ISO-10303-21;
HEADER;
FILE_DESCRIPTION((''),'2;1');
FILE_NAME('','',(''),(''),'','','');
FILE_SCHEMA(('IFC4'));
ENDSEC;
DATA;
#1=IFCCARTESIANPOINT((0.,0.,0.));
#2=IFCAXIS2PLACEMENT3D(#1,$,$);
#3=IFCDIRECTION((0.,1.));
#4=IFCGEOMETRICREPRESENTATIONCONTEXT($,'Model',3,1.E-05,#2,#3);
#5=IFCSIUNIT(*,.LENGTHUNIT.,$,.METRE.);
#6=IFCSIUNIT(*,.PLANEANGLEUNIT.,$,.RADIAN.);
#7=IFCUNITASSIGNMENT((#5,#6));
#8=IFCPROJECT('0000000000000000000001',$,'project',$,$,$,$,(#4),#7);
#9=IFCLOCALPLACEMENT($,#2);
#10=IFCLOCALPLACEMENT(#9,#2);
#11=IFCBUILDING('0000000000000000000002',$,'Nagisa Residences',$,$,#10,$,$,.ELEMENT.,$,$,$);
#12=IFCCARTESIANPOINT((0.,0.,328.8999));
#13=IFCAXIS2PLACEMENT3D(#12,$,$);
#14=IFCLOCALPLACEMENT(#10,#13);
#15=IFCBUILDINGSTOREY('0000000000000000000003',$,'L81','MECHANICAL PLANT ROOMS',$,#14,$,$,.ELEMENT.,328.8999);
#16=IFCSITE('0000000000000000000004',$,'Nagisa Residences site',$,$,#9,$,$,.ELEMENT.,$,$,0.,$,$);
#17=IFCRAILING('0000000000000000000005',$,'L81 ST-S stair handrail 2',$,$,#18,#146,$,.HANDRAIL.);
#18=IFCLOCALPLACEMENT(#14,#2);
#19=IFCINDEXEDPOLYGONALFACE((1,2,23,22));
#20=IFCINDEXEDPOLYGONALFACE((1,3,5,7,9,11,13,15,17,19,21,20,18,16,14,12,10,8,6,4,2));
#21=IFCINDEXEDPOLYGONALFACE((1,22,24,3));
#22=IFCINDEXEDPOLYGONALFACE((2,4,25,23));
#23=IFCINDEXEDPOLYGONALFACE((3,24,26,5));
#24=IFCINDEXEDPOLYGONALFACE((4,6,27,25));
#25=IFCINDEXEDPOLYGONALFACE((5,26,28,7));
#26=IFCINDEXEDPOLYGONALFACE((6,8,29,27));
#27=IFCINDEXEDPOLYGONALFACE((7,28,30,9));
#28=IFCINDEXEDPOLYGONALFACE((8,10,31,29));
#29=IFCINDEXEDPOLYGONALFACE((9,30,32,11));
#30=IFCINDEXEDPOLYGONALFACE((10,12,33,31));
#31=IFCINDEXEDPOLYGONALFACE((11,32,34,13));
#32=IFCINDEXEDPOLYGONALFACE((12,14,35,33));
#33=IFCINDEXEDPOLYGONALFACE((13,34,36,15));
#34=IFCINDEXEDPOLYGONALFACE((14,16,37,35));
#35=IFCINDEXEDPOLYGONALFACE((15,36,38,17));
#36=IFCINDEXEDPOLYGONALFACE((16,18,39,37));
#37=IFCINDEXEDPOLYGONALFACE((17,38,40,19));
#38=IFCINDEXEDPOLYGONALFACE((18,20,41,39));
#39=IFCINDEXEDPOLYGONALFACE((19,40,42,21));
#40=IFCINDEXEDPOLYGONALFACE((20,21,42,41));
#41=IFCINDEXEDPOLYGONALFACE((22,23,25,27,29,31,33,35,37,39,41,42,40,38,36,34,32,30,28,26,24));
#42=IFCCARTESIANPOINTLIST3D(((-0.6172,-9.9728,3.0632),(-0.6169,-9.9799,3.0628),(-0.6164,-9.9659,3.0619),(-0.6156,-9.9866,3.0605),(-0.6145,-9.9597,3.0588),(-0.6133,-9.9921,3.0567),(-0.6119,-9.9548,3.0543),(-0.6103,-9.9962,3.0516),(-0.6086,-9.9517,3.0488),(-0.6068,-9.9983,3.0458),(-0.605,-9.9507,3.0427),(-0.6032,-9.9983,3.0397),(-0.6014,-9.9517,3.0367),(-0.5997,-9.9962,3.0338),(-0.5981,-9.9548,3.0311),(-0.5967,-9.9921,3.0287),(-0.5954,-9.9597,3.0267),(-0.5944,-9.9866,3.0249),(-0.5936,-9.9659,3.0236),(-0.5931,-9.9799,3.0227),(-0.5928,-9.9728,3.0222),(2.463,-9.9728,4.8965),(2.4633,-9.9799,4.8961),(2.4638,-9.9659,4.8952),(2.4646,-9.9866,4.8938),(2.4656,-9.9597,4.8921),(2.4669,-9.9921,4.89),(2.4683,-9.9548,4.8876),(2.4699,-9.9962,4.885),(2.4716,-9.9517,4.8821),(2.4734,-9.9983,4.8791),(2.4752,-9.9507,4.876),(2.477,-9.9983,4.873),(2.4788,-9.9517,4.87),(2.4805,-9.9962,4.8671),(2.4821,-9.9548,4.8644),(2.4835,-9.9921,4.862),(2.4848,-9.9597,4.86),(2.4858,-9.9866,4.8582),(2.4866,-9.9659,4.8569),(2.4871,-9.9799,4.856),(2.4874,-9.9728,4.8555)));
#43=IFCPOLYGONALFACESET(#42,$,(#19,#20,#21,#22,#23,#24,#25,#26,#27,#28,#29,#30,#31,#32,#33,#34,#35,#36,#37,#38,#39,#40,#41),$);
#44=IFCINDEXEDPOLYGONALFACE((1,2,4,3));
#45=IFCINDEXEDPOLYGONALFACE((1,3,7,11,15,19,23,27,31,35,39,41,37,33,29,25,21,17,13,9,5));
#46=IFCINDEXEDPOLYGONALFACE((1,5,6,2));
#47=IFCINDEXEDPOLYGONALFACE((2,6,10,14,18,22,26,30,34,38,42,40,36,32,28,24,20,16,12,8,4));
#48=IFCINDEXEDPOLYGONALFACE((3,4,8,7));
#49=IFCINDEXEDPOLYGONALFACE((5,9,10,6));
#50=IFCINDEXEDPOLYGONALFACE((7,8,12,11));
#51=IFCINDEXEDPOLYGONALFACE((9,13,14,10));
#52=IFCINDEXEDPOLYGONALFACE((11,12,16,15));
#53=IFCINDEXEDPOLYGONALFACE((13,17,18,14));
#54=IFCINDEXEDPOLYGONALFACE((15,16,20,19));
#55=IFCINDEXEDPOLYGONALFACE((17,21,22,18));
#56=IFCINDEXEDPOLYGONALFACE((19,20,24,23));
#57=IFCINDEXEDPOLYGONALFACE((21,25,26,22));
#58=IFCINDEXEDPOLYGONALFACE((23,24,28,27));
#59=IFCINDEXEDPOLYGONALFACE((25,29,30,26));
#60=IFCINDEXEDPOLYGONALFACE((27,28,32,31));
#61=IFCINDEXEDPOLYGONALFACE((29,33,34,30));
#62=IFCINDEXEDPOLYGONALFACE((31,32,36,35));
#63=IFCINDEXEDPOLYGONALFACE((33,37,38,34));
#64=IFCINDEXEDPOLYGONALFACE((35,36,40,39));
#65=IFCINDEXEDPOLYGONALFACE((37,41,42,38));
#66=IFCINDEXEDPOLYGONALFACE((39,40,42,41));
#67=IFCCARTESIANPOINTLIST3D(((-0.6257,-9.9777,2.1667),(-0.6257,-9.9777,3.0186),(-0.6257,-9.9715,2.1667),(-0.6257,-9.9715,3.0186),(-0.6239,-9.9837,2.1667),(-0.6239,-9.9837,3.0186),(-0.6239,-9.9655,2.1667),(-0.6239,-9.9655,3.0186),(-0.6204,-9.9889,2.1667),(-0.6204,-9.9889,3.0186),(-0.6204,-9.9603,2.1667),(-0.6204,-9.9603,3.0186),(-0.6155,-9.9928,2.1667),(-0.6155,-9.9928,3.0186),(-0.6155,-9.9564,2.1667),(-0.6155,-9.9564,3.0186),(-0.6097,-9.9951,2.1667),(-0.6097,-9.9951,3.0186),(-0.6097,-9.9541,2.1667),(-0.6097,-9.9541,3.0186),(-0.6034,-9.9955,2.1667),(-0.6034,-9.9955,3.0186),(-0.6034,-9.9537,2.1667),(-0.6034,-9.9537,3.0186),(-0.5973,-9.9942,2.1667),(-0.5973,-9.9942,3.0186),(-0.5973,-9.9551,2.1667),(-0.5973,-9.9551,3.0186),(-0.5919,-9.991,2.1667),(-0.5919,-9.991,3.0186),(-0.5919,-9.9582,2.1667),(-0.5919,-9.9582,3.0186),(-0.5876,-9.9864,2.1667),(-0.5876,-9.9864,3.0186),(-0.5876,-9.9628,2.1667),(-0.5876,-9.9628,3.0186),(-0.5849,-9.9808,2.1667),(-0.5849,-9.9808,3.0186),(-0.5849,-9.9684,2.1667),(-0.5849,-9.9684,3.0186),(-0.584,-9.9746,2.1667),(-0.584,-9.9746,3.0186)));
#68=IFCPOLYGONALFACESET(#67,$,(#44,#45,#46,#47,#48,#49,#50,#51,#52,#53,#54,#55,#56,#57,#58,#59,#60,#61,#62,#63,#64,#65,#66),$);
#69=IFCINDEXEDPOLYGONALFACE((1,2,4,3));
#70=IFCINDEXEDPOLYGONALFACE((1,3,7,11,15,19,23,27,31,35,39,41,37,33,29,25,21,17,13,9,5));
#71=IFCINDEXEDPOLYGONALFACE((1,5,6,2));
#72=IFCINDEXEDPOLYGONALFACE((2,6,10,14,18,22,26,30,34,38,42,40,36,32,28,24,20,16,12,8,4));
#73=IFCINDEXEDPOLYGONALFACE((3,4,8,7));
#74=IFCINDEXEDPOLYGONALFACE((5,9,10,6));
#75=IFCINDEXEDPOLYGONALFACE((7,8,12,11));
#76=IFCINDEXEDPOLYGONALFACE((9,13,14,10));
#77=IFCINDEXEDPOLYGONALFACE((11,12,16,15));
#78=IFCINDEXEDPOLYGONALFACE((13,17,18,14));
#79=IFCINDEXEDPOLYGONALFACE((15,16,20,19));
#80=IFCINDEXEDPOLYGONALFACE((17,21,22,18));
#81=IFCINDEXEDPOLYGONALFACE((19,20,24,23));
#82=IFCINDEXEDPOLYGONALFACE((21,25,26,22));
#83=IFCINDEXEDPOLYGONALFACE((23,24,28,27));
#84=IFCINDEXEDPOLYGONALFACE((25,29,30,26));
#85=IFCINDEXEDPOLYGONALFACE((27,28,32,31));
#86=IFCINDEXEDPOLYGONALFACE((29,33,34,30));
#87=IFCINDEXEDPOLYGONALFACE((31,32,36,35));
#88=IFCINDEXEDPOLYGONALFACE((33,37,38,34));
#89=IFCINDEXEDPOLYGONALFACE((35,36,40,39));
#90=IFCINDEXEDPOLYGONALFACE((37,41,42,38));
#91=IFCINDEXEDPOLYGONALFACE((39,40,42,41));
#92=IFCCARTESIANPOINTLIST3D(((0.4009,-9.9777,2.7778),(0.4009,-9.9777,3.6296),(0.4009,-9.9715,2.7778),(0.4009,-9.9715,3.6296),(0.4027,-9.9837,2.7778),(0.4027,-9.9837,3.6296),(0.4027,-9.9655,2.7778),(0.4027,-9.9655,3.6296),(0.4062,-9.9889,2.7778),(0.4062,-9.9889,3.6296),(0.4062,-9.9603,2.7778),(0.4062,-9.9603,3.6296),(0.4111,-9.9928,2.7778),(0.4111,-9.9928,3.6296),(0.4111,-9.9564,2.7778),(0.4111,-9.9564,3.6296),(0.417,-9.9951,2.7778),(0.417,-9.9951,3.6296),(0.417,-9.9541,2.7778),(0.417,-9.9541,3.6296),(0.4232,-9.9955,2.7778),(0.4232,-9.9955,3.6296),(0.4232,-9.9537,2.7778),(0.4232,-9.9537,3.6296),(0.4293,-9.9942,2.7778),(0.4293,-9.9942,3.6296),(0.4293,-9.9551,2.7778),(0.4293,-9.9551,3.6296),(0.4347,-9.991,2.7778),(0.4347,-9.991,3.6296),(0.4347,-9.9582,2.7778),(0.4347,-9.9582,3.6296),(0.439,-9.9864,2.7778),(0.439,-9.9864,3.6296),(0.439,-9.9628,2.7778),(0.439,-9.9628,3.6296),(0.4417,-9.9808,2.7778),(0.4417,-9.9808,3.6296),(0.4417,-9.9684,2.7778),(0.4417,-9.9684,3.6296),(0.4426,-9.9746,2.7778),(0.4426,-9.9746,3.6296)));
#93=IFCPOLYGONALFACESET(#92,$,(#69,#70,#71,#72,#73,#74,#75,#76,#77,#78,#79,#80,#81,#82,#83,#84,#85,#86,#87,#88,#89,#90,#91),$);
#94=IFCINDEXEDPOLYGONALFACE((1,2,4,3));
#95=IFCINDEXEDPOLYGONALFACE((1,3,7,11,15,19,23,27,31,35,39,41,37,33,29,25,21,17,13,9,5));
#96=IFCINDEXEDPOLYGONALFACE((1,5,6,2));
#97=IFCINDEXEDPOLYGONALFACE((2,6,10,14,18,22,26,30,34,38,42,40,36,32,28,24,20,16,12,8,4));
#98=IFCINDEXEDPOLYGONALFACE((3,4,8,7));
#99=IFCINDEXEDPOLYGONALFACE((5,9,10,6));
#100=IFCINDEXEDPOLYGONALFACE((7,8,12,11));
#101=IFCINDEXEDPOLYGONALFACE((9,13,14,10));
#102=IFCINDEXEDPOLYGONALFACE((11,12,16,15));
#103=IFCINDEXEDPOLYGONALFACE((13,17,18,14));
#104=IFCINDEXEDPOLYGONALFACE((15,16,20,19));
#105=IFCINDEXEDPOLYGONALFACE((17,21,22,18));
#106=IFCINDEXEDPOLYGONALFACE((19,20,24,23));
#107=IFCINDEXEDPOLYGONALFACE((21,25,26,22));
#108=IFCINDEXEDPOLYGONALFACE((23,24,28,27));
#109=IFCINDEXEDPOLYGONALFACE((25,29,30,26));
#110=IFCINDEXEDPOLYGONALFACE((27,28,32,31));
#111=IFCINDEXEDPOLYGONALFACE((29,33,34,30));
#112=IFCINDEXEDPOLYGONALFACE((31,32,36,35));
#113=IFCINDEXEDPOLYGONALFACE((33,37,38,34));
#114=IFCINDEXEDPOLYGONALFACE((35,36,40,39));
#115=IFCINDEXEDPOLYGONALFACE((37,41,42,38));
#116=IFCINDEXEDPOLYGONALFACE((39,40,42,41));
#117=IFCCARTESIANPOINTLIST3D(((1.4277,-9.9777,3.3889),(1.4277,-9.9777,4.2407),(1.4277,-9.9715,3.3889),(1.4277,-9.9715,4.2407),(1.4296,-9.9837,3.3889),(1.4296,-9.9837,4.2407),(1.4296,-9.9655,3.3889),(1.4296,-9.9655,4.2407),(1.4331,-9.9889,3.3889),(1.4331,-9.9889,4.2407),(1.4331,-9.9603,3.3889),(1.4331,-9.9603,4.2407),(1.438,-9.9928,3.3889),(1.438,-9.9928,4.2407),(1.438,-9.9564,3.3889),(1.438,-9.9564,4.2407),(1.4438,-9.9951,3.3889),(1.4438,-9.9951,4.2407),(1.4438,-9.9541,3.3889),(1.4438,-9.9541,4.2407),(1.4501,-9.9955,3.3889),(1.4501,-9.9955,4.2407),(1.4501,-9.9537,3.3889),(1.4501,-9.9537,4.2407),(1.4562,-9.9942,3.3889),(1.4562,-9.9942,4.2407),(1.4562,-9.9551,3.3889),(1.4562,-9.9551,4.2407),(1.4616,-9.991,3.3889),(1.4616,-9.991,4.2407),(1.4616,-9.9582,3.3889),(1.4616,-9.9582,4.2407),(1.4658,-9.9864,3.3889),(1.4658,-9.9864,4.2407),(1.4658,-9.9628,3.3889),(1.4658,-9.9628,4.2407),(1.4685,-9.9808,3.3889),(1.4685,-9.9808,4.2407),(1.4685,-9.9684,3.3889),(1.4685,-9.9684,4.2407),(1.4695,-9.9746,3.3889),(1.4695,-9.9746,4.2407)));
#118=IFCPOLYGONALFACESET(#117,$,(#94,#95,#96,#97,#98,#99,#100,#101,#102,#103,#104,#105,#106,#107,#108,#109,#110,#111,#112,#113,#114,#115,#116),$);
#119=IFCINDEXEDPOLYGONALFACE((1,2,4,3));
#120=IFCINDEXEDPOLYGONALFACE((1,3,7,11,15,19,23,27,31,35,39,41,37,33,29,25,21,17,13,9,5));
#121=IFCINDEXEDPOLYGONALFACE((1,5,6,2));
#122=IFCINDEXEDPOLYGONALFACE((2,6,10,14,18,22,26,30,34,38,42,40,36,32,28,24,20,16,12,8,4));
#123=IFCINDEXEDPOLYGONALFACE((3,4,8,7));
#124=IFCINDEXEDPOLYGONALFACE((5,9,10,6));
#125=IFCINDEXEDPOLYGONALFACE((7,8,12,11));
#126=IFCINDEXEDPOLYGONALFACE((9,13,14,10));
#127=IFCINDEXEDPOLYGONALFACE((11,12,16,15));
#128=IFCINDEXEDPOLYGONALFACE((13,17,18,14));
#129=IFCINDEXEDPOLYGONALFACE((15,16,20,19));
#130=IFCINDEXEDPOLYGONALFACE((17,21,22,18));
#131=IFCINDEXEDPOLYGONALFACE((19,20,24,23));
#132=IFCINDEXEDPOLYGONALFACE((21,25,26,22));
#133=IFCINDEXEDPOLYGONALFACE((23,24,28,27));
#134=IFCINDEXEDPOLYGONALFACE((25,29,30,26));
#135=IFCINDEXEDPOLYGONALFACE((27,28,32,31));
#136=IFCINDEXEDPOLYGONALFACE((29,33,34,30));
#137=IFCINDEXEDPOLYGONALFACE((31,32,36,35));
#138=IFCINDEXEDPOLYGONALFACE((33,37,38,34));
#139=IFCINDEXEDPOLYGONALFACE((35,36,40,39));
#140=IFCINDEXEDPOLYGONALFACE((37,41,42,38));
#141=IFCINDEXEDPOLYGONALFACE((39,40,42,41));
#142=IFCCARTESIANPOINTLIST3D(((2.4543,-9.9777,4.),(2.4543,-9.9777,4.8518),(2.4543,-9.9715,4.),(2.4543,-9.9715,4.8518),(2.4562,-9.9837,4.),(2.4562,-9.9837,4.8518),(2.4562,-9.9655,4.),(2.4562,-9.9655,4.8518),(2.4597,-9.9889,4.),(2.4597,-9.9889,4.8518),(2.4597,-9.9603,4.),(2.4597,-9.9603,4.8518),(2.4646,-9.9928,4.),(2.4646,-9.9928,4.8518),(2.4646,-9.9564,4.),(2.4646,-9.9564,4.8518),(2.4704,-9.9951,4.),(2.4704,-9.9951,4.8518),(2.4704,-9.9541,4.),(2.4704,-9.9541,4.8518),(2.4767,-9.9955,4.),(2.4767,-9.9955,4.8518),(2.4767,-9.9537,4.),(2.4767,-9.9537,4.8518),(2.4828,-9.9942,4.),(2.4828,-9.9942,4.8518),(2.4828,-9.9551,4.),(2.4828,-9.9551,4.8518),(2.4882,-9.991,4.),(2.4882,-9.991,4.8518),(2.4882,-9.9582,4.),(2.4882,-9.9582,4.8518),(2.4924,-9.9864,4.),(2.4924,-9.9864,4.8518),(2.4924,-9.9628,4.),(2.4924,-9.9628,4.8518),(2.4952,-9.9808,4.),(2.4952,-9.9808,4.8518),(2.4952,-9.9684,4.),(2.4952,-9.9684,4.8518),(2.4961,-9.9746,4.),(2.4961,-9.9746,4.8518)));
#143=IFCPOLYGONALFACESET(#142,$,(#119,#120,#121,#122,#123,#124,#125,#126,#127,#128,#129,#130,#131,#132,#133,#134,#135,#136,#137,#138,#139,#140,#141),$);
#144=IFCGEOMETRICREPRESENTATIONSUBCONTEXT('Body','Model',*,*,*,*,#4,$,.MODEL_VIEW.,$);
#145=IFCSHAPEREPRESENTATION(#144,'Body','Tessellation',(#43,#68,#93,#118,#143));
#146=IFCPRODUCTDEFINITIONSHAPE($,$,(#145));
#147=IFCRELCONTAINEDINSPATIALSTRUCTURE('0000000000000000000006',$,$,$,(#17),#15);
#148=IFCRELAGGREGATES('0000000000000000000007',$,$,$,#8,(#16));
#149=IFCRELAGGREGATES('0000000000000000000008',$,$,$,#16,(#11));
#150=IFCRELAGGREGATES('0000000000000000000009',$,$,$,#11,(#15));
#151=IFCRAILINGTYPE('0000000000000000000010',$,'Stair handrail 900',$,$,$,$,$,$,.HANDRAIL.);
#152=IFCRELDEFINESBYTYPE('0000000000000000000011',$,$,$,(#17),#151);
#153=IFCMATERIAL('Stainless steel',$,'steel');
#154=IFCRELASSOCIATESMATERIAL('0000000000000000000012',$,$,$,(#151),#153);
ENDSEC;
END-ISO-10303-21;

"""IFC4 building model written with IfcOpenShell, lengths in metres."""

from ifc_helpers import new_model, si_unit, direction, frame, origin, origin_2d, place, context, subcontext, project, spatial, circle, extrude, material, type_object, element, save


model = new_model("IFC4")

# Units and contexts
model_context = context("Model", 3, precision=1e-05, world=origin(), true_north=direction((0.0, 1.0)))
body_context = subcontext(model_context, "Body", "Model", "MODEL_VIEW")
ifc_project = project(units=[si_unit("LENGTHUNIT", "METRE"), si_unit("PLANEANGLEUNIT", "RADIAN")], contexts=[model_context])

# Site, building, storey
site_placement = place(None, origin())
site = spatial("IfcSite", under=ifc_project, at=site_placement, Name="Nagisa Residences site", CompositionType="ELEMENT", RefElevation=0.0)
building_placement = place(site_placement, origin())
building = spatial("IfcBuilding", under=site, at=building_placement, Name="Nagisa Residences", CompositionType="ELEMENT")
storey_placement = place(building_placement, frame((0.0, 0.0, 328.8999)))
storey = spatial("IfcBuildingStorey", under=building, at=storey_placement, Name="L81", Description="MECHANICAL PLANT ROOMS", CompositionType="ELEMENT", Elevation=328.8999)

# Railing
ifc_material_1 = material(Name="Stainless steel", Category="steel")
railing_type = type_object("IfcRailingType", Name="Stair handrail 900", PredefinedType="HANDRAIL", material=ifc_material_1)
railing_placement = place(storey_placement, frame((-0.605, -9.9746, 2.1667)))
element("IfcRailing", 1, at=railing_placement, inside=storey, type_object=railing_type, Name="L81 ST-S stair handrail 2", PredefinedType="HANDRAIL", context=body_context, shape_type="SweptSolid", body=[
    extrude(circle(Radius=0.0239, at=origin_2d()), frame((0.0, 0.0, 0.876), z_axis=(0.859309, 0.0, 0.511458), x_axis=(0.0, 1.0, 0.0)), (0.0, 0.0, 1.0), 3.5845),
    extrude(circle(Radius=0.021, at=origin_2d()), origin(), (0.0, 0.0, 1.0), 0.8518),
    extrude(circle(Radius=0.021, at=origin_2d()), frame((1.0266, 0.0, 0.6111)), (0.0, 0.0, 1.0), 0.8518),
    extrude(circle(Radius=0.021, at=origin_2d()), frame((2.0535, 0.0, 1.2222)), (0.0, 0.0, 1.0), 0.8518),
    extrude(circle(Radius=0.021, at=origin_2d()), frame((3.0801, 0.0, 1.8333)), (0.0, 0.0, 1.0), 0.8518),
])

save(model, "model.ifc")
